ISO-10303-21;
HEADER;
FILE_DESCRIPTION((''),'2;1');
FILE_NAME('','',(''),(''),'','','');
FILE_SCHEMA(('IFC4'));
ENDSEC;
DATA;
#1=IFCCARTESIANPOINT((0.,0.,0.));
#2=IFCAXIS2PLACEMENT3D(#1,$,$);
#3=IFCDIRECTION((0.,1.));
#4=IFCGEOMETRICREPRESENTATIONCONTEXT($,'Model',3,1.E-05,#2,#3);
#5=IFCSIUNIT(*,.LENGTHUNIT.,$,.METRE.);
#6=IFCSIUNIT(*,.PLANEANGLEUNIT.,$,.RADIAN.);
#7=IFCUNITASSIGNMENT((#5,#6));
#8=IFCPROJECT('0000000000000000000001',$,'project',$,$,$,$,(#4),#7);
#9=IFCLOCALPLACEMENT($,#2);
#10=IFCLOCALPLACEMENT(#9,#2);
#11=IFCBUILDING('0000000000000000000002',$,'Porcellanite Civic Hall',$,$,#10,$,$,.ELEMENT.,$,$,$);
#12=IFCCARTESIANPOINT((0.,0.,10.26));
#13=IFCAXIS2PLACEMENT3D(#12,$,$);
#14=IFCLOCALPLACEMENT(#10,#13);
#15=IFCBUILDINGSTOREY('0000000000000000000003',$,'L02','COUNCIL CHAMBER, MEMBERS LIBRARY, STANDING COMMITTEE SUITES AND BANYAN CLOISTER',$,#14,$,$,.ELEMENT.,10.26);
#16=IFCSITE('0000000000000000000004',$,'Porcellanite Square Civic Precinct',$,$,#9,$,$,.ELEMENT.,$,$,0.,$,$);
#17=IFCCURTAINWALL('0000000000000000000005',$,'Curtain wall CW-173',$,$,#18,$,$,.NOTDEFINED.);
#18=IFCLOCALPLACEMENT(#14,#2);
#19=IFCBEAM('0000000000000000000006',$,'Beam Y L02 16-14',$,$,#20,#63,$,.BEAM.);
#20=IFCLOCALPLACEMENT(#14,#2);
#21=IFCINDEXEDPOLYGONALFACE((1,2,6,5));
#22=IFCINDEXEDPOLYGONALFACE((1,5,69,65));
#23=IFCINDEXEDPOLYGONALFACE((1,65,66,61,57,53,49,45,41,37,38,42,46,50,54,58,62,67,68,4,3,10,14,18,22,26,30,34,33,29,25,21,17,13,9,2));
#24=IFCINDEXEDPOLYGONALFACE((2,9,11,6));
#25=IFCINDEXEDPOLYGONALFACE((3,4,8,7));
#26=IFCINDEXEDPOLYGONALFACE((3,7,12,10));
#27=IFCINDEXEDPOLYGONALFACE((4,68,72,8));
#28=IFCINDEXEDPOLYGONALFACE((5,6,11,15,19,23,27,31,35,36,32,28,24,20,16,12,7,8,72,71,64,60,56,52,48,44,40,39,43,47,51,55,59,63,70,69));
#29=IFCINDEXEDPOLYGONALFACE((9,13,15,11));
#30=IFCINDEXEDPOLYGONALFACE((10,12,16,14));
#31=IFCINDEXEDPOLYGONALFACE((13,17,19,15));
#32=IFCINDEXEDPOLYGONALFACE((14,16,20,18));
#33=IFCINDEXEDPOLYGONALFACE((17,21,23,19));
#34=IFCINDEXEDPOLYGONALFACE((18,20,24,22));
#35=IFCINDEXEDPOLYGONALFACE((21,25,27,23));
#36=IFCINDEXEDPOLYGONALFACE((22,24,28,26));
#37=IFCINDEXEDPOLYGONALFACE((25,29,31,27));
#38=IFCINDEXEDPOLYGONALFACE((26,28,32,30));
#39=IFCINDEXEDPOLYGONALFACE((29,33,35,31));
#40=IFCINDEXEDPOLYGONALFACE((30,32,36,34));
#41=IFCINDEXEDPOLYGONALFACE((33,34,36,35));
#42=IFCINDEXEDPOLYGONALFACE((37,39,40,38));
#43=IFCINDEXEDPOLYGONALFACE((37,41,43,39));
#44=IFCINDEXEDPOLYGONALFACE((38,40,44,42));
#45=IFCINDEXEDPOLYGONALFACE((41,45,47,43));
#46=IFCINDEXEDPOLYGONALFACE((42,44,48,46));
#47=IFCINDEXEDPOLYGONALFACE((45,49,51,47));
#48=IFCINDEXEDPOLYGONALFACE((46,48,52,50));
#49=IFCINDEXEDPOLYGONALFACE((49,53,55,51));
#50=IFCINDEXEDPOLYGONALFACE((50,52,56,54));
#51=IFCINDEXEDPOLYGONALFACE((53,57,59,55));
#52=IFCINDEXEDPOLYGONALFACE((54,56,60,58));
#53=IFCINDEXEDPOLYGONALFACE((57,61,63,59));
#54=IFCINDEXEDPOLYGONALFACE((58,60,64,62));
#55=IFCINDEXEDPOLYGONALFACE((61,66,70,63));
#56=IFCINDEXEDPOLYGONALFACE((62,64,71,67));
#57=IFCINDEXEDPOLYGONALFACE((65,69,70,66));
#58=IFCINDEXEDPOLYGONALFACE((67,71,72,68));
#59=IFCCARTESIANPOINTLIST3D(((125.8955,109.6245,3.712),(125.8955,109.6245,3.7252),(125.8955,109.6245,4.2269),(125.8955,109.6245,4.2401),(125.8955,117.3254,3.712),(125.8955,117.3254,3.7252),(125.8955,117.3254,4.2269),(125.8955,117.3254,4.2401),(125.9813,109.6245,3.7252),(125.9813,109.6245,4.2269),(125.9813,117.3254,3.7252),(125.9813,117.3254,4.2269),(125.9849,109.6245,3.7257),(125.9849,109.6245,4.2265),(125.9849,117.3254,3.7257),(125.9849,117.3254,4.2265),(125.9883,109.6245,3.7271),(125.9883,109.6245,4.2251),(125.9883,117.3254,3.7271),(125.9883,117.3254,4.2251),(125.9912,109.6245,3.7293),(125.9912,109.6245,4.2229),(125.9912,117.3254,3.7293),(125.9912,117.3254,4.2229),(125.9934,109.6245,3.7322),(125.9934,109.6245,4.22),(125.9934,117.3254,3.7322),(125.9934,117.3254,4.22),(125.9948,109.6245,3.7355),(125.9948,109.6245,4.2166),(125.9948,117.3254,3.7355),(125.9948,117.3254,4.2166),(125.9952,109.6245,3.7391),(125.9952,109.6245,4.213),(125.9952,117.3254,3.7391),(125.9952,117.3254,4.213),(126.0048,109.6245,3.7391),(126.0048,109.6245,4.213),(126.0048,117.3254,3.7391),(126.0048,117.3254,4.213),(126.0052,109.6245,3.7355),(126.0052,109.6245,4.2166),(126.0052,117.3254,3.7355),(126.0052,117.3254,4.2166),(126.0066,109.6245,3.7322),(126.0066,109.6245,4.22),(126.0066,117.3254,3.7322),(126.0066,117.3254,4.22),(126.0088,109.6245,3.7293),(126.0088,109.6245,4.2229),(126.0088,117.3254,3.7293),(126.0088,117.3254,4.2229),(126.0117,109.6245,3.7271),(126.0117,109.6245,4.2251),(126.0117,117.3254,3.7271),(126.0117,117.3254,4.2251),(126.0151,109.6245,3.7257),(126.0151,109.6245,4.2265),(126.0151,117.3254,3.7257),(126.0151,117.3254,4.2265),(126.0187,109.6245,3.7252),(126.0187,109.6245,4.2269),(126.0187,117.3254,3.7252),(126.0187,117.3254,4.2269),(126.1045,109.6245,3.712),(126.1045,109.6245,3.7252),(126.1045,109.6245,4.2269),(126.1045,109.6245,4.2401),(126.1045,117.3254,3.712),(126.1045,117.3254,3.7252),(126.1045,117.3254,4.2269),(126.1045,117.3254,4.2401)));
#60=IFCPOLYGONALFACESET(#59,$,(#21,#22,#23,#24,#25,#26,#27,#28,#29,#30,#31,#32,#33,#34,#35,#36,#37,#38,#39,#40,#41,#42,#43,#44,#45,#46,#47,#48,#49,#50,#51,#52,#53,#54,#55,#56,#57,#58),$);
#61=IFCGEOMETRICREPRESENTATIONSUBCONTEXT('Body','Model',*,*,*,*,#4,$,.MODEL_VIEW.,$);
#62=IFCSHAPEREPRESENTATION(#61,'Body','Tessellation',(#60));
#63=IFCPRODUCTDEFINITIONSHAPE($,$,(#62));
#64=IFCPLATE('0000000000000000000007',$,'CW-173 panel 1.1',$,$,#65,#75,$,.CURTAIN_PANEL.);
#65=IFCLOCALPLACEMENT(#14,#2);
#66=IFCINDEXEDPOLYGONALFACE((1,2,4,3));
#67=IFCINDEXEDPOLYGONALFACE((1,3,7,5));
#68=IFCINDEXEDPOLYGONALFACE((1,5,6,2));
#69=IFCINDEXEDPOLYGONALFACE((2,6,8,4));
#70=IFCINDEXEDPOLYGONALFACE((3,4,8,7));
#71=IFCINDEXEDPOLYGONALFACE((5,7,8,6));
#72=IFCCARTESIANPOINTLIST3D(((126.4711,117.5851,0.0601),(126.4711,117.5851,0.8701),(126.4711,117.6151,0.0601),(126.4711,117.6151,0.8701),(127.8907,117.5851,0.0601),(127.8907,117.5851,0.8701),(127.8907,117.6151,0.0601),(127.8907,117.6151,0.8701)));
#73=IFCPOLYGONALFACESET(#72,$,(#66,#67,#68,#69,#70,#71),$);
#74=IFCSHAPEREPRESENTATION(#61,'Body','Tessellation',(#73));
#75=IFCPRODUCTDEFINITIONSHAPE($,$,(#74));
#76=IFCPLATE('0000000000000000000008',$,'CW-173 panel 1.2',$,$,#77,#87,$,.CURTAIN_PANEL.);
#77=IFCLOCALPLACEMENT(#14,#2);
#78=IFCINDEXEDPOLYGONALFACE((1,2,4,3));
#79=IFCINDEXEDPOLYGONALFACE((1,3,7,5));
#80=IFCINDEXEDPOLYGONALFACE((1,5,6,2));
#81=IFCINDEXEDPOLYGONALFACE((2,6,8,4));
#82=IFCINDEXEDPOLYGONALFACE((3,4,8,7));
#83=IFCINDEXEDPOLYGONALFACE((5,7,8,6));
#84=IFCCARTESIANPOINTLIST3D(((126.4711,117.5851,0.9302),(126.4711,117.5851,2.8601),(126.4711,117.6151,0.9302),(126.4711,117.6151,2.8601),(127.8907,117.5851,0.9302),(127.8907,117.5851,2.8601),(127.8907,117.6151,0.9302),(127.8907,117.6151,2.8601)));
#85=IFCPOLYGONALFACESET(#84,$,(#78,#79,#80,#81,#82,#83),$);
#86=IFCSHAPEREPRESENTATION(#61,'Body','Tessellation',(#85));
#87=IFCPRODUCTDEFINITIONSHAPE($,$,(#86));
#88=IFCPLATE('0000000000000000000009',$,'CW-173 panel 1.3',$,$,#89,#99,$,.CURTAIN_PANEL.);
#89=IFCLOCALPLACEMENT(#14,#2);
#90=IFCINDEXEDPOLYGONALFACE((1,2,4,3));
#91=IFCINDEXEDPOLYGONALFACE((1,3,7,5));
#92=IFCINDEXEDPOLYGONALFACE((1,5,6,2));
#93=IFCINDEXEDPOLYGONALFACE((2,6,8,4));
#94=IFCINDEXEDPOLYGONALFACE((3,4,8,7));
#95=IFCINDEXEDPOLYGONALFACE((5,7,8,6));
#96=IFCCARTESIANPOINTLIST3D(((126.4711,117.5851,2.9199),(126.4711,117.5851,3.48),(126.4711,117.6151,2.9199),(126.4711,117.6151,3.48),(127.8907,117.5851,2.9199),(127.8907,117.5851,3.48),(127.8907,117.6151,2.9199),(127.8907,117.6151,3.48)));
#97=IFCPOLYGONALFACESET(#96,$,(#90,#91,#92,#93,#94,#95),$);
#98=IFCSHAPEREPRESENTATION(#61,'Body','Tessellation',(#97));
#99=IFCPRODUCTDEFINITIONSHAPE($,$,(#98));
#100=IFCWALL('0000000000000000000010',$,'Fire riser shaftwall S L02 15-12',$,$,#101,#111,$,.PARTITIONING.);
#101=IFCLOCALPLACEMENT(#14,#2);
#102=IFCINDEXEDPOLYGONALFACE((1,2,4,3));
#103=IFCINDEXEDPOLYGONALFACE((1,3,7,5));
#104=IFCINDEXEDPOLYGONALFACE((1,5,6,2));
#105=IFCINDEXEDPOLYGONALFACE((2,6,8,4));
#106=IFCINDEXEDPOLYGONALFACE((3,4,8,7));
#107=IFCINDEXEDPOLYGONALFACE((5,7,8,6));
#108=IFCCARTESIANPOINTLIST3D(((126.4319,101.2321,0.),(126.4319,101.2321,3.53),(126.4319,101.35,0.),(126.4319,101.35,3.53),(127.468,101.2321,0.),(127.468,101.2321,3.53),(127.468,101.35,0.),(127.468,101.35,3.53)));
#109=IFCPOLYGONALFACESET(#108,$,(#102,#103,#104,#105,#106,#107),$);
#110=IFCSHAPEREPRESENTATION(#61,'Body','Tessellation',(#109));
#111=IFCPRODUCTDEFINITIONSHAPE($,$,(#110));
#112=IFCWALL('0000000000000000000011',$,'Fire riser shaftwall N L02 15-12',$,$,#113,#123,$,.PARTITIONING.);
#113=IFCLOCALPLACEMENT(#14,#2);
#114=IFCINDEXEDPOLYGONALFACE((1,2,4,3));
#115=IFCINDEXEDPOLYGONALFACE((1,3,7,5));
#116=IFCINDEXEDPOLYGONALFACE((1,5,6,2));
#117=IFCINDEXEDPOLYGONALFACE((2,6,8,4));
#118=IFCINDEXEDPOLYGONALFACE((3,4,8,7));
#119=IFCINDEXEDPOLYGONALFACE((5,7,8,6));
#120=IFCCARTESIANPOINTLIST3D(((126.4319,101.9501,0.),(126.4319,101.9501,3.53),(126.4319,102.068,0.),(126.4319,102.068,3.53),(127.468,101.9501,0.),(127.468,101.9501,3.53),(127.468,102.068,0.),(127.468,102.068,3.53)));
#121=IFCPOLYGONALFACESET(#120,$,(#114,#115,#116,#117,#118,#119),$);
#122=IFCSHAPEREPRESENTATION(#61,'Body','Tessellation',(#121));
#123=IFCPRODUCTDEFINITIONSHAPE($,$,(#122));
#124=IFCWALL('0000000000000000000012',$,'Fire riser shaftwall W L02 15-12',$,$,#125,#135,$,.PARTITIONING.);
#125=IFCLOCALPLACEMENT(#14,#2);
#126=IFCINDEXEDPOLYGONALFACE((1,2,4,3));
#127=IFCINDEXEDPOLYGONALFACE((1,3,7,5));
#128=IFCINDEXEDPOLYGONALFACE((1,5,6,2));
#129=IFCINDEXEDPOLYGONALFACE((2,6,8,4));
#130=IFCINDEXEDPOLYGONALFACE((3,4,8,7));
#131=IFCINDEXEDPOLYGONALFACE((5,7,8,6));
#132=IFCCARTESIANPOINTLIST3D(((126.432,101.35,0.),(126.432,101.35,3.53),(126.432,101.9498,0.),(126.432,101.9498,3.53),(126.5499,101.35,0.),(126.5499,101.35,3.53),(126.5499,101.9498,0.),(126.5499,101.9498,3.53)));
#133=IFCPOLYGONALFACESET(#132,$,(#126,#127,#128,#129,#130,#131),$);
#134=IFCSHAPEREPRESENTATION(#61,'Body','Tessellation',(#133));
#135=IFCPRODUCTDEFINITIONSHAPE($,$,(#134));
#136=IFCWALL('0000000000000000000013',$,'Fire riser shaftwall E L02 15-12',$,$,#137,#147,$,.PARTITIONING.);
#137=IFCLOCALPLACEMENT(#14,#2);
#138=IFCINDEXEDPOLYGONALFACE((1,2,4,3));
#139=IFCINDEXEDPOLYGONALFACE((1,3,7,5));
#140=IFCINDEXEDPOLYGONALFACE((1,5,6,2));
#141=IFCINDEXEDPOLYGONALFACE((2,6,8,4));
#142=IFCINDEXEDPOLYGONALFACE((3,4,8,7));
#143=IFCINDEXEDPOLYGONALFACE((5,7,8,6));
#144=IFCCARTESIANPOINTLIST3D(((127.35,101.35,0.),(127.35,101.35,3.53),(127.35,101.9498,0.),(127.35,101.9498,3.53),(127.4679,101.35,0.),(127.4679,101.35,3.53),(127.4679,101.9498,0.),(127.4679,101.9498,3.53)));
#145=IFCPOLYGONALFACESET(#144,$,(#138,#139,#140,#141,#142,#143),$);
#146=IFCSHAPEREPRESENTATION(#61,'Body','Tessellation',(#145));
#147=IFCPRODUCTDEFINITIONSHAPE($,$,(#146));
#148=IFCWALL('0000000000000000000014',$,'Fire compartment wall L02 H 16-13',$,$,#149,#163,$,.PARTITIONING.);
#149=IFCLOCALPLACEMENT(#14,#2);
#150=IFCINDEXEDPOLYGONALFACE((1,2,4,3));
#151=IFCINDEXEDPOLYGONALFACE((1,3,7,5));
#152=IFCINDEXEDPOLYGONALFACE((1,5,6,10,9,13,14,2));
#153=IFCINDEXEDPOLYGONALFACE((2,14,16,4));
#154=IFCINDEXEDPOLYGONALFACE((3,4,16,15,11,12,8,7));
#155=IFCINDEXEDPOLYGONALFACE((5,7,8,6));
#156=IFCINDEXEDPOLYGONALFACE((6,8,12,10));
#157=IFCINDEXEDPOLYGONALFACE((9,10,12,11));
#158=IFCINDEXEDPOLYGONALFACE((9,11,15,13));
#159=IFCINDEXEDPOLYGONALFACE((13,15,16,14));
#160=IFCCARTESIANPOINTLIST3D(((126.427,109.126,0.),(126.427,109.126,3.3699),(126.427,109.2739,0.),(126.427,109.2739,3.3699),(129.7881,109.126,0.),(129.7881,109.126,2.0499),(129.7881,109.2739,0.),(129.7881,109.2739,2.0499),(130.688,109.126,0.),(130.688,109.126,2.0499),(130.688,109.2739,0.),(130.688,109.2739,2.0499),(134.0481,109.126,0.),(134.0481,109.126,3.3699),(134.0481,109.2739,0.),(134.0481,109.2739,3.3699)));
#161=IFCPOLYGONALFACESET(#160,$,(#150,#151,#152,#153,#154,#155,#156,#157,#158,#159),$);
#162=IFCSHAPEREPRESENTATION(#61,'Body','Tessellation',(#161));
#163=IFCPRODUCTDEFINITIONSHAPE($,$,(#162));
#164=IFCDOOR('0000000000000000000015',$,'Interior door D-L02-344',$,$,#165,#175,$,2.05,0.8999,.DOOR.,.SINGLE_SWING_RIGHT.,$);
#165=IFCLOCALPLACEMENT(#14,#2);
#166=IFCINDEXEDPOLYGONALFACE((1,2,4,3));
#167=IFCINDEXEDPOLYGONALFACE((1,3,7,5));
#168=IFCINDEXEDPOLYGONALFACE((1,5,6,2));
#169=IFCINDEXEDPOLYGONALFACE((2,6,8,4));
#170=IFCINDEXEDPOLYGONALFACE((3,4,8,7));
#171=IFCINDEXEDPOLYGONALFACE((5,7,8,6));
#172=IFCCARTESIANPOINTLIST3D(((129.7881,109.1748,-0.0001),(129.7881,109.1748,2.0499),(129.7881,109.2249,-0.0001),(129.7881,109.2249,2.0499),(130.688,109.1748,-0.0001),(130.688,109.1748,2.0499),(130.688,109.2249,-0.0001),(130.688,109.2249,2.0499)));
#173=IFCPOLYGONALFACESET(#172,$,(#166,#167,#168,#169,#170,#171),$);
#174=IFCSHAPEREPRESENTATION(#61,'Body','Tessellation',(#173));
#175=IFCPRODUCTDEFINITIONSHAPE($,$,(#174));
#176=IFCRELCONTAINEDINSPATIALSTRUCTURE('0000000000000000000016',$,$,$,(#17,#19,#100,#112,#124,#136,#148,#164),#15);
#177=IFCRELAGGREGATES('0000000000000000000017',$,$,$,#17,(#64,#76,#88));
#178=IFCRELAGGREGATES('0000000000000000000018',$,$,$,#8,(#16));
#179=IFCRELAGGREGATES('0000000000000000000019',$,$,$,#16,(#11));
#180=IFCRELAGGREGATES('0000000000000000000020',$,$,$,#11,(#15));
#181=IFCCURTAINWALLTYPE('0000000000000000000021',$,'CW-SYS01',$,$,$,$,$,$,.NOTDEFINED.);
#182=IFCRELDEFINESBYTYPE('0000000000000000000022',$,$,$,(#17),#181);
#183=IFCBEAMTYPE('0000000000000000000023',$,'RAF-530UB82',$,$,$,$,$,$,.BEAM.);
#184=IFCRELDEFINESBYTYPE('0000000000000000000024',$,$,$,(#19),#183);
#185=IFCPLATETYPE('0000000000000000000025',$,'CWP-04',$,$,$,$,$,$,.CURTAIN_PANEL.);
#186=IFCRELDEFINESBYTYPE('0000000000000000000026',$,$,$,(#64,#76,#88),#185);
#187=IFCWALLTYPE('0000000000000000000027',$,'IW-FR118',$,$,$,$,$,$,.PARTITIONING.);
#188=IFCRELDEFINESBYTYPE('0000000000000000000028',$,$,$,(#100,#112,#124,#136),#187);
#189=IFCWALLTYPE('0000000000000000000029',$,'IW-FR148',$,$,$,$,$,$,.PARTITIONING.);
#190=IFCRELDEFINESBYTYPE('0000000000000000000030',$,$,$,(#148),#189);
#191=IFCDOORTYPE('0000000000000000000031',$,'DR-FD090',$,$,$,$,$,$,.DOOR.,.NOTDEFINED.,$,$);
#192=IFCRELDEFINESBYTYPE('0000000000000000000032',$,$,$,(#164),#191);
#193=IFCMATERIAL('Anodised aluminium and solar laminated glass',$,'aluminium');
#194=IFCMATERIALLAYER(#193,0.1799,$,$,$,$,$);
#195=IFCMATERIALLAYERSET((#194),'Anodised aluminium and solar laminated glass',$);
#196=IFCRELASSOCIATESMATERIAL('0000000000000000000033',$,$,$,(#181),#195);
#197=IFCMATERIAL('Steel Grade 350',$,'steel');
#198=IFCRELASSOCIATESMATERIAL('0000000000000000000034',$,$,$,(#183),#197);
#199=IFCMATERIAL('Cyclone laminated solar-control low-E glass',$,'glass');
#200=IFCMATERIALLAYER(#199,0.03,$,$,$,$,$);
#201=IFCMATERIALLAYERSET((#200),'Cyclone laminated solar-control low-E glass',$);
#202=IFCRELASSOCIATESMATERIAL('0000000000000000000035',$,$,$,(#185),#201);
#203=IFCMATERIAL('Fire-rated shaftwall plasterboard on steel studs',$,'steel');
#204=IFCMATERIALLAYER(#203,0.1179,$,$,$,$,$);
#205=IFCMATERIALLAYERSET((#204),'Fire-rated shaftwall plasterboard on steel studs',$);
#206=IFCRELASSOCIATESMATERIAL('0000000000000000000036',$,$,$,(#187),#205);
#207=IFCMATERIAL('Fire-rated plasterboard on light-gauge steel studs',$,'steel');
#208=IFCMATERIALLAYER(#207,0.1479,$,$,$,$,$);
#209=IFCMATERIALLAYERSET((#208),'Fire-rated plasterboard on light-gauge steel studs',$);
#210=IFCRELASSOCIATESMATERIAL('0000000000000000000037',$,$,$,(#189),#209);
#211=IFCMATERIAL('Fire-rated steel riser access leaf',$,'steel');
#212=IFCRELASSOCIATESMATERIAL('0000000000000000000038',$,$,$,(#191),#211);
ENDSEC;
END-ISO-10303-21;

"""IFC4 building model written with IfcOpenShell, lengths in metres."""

from ifc_helpers import new_model, si_unit, direction, frame, frame_2d, origin, origin_2d, place, context, subcontext, project, spatial, rectangle, i_section, extrude, material, layer, layer_set, material_profile, profile_set, type_object, element, fill, aggregate, save


model = new_model("IFC4")

# Units and contexts
model_context = context("Model", 3, precision=1e-05, world=origin(), true_north=direction((0.0, 1.0)))
body_context = subcontext(model_context, "Body", "Model", "MODEL_VIEW")
ifc_project = project(units=[si_unit("LENGTHUNIT", "METRE"), si_unit("PLANEANGLEUNIT", "RADIAN")], contexts=[model_context])

# Site, building, storey
site_placement = place(None, origin())
site = spatial("IfcSite", under=ifc_project, at=site_placement, Name="Porcellanite Square Civic Precinct", CompositionType="ELEMENT", RefElevation=0.0)
building_placement = place(site_placement, origin())
building = spatial("IfcBuilding", under=site, at=building_placement, Name="Porcellanite Civic Hall", CompositionType="ELEMENT")
storey_placement = place(building_placement, frame((0.0, 0.0, 10.26)))
storey = spatial("IfcBuildingStorey", under=building, at=storey_placement, Name="L02", Description="COUNCIL CHAMBER, MEMBERS LIBRARY, STANDING COMMITTEE SUITES AND BANYAN CLOISTER", CompositionType="ELEMENT", Elevation=10.26)

# Curtain wall
ifc_material_1 = material(Name="Anodised aluminium and solar laminated glass", Category="aluminium")
ifc_layer_1 = layer(ifc_material_1, 0.1799)
ifc_layer_set_1 = layer_set([ifc_layer_1], Name="Anodised aluminium and solar laminated glass")
curtain_wall_type = type_object("IfcCurtainWallType", Name="CW-SYS01", PredefinedType="NOTDEFINED", material=ifc_layer_set_1)
curtain_wall_placement = place(storey_placement, origin())
curtain_wall = element("IfcCurtainWall", 1, at=curtain_wall_placement, inside=storey, type_object=curtain_wall_type, Name="Curtain wall CW-173", PredefinedType="NOTDEFINED")

# Beam
ifc_material_2 = material(Name="Steel Grade 350", Category="steel")
ifc_material_profile_1 = material_profile(ifc_material_2, i_section(OverallWidth=0.209, OverallDepth=0.5281, WebThickness=0.0095, FlangeThickness=0.0132, FilletRadius=0.0139, at=origin_2d()), Name="530UB82.0")
ifc_profile_set_1 = profile_set([ifc_material_profile_1], Name="Steel Grade 350")
beam_type_1 = type_object("IfcBeamType", Name="RAF-530UB82", PredefinedType="BEAM", material=ifc_profile_set_1)
beam_1_placement = place(storey_placement, frame((126.0, 109.6245, 3.9761), z_axis=(0.0, 1.0, 0.0), x_axis=(-1.0, 0.0, 0.0)))
element("IfcBeam", 2, at=beam_1_placement, inside=storey, type_object=beam_type_1, Name="Beam Y L02 16-14", PredefinedType="BEAM", context=body_context, shape_type="SweptSolid", body=[
    extrude(i_section(OverallWidth=0.209, OverallDepth=0.5281, WebThickness=0.0095, FlangeThickness=0.0132, FilletRadius=0.0139, at=origin_2d()), origin(), (0.0, 0.0, 1.0), 7.7009),
])

# Plates
ifc_material_3 = material(Name="Cyclone laminated solar-control low-E glass", Category="glass")
ifc_layer_2 = layer(ifc_material_3, 0.03)
ifc_layer_set_2 = layer_set([ifc_layer_2], Name="Cyclone laminated solar-control low-E glass")
plate_type = type_object("IfcPlateType", Name="CWP-04", PredefinedType="CURTAIN_PANEL", material=ifc_layer_set_2)
plate_1_placement = place(storey_placement, frame((127.1809, 117.6001, 0.0601), z_axis=(0.0, 0.0, 1.0), x_axis=(1.0, 0.0, 0.0)))
plate_1 = element("IfcPlate", 3, at=plate_1_placement, type_object=plate_type, Name="CW-173 panel 1.1", PredefinedType="CURTAIN_PANEL", context=body_context, shape_type="SweptSolid", body=[
    extrude(rectangle(XDim=1.4197, YDim=0.03, at=origin_2d()), origin(), (0.0, 0.0, 1.0), 0.8101),
])
plate_2_placement = place(storey_placement, frame((127.1809, 117.6001, 0.9302), z_axis=(0.0, 0.0, 1.0), x_axis=(1.0, 0.0, 0.0)))
plate_2 = element("IfcPlate", 4, at=plate_2_placement, type_object=plate_type, Name="CW-173 panel 1.2", PredefinedType="CURTAIN_PANEL", context=body_context, shape_type="SweptSolid", body=[
    extrude(rectangle(XDim=1.4197, YDim=0.03, at=origin_2d()), origin(), (0.0, 0.0, 1.0), 1.9299),
])
plate_3_placement = place(storey_placement, frame((127.1809, 117.6001, 2.9199), z_axis=(0.0, 0.0, 1.0), x_axis=(1.0, 0.0, 0.0)))
plate_3 = element("IfcPlate", 5, at=plate_3_placement, type_object=plate_type, Name="CW-173 panel 1.3", PredefinedType="CURTAIN_PANEL", context=body_context, shape_type="SweptSolid", body=[
    extrude(rectangle(XDim=1.4197, YDim=0.03, at=origin_2d()), origin(), (0.0, 0.0, 1.0), 0.5601),
])
aggregate(curtain_wall, [plate_1, plate_2, plate_3])

# Walls
ifc_material_4 = material(Name="Fire-rated shaftwall plasterboard on steel studs", Category="steel")
ifc_layer_3 = layer(ifc_material_4, 0.1179)
ifc_layer_set_3 = layer_set([ifc_layer_3], Name="Fire-rated shaftwall plasterboard on steel studs")
wall_type_1 = type_object("IfcWallType", Name="IW-FR118", PredefinedType="PARTITIONING", material=ifc_layer_set_3)
for number, where, z_axis, x_axis, name in (
    (6, (126.4319, 101.291, 0.0), (0.0, 0.0, 1.0), (1.0, 0.0, 0.0), "Fire riser shaftwall S L02 15-12"),
    (7, (126.4319, 102.009, 0.0), (0.0, 0.0, 1.0), (1.0, 0.0, 0.0), "Fire riser shaftwall N L02 15-12"),
):
    element("IfcWall", number, at=place(storey_placement, frame(where, z_axis=z_axis, x_axis=x_axis)), inside=storey, type_object=wall_type_1, Name=name, PredefinedType="PARTITIONING", context=body_context, shape_type="SweptSolid", body=[
        extrude(rectangle(XDim=1.0361, YDim=0.1179, at=frame_2d((0.5181, 0.0))), origin(), (0.0, 0.0, 1.0), 3.53),
    ])
for number, where, z_axis, x_axis, name in (
    (8, (126.491, 101.3501, 0.0), (0.0, 0.0, 1.0), (0.0, 1.0, 0.0), "Fire riser shaftwall W L02 15-12"),
    (9, (127.4089, 101.3501, 0.0), (0.0, 0.0, 1.0), (0.0, 1.0, 0.0), "Fire riser shaftwall E L02 15-12"),
):
    element("IfcWall", number, at=place(storey_placement, frame(where, z_axis=z_axis, x_axis=x_axis)), inside=storey, type_object=wall_type_1, Name=name, PredefinedType="PARTITIONING", context=body_context, shape_type="SweptSolid", body=[
        extrude(rectangle(XDim=0.5999, YDim=0.1179, at=frame_2d((0.2998, 0.0))), origin(), (0.0, 0.0, 1.0), 3.53),
    ])

# Wall, opening, door
ifc_material_5 = material(Name="Fire-rated plasterboard on light-gauge steel studs", Category="steel")
ifc_layer_4 = layer(ifc_material_5, 0.1479)
ifc_layer_set_4 = layer_set([ifc_layer_4], Name="Fire-rated plasterboard on light-gauge steel studs")
wall_type_2 = type_object("IfcWallType", Name="IW-FR148", PredefinedType="PARTITIONING", material=ifc_layer_set_4)
wall_1_placement = place(storey_placement, frame((126.427, 109.2, 0.0), z_axis=(0.0, 0.0, 1.0), x_axis=(1.0, 0.0, 0.0)))
wall_1 = element("IfcWall", 10, at=wall_1_placement, inside=storey, type_object=wall_type_2, Name="Fire compartment wall L02 H 16-13", PredefinedType="PARTITIONING", context=body_context, shape_type="SweptSolid", body=[
    extrude(rectangle(XDim=7.6211, YDim=0.1479, at=frame_2d((3.8105, 0.0))), origin(), (0.0, 0.0, 1.0), 3.3699),
])
opening_1_placement = place(wall_1_placement, frame((3.3611, 0.0, 0.0)))
opening_1 = element("IfcOpeningElement", 11, at=opening_1_placement, cuts=wall_1, PredefinedType="OPENING", context=body_context, shape_type="SweptSolid", body=[
    extrude(rectangle(XDim=0.8999, YDim=2.05, at=frame_2d((0.45, 1.0249))), frame((0.0, 0.074, 0.0), z_axis=(0.0, -1.0, 0.0), x_axis=(1.0, 0.0, 0.0)), (0.0, 0.0, 1.0), 0.1479),
])
ifc_material_6 = material(Name="Fire-rated steel riser access leaf", Category="steel")
door_type_1 = type_object("IfcDoorType", Name="DR-FD090", OperationType="NOTDEFINED", PredefinedType="DOOR", material=ifc_material_6)
door_1_placement = place(opening_1_placement, origin())
door_1 = element("IfcDoor", 12, at=door_1_placement, inside=storey, type_object=door_type_1, Name="Interior door D-L02-344", OperationType="SINGLE_SWING_RIGHT", OverallHeight=2.05, OverallWidth=0.8999, PredefinedType="DOOR", context=body_context, shape_type="SweptSolid", body=[
    extrude(rectangle(XDim=0.8999, YDim=2.05, at=frame_2d((0.45, 1.0249))), frame((0.0, 0.0249, 0.0), z_axis=(0.0, -1.0, 0.0), x_axis=(1.0, 0.0, 0.0)), (0.0, 0.0, 1.0), 0.05),
])
fill(opening_1, door_1)

save(model, "model.ifc")
